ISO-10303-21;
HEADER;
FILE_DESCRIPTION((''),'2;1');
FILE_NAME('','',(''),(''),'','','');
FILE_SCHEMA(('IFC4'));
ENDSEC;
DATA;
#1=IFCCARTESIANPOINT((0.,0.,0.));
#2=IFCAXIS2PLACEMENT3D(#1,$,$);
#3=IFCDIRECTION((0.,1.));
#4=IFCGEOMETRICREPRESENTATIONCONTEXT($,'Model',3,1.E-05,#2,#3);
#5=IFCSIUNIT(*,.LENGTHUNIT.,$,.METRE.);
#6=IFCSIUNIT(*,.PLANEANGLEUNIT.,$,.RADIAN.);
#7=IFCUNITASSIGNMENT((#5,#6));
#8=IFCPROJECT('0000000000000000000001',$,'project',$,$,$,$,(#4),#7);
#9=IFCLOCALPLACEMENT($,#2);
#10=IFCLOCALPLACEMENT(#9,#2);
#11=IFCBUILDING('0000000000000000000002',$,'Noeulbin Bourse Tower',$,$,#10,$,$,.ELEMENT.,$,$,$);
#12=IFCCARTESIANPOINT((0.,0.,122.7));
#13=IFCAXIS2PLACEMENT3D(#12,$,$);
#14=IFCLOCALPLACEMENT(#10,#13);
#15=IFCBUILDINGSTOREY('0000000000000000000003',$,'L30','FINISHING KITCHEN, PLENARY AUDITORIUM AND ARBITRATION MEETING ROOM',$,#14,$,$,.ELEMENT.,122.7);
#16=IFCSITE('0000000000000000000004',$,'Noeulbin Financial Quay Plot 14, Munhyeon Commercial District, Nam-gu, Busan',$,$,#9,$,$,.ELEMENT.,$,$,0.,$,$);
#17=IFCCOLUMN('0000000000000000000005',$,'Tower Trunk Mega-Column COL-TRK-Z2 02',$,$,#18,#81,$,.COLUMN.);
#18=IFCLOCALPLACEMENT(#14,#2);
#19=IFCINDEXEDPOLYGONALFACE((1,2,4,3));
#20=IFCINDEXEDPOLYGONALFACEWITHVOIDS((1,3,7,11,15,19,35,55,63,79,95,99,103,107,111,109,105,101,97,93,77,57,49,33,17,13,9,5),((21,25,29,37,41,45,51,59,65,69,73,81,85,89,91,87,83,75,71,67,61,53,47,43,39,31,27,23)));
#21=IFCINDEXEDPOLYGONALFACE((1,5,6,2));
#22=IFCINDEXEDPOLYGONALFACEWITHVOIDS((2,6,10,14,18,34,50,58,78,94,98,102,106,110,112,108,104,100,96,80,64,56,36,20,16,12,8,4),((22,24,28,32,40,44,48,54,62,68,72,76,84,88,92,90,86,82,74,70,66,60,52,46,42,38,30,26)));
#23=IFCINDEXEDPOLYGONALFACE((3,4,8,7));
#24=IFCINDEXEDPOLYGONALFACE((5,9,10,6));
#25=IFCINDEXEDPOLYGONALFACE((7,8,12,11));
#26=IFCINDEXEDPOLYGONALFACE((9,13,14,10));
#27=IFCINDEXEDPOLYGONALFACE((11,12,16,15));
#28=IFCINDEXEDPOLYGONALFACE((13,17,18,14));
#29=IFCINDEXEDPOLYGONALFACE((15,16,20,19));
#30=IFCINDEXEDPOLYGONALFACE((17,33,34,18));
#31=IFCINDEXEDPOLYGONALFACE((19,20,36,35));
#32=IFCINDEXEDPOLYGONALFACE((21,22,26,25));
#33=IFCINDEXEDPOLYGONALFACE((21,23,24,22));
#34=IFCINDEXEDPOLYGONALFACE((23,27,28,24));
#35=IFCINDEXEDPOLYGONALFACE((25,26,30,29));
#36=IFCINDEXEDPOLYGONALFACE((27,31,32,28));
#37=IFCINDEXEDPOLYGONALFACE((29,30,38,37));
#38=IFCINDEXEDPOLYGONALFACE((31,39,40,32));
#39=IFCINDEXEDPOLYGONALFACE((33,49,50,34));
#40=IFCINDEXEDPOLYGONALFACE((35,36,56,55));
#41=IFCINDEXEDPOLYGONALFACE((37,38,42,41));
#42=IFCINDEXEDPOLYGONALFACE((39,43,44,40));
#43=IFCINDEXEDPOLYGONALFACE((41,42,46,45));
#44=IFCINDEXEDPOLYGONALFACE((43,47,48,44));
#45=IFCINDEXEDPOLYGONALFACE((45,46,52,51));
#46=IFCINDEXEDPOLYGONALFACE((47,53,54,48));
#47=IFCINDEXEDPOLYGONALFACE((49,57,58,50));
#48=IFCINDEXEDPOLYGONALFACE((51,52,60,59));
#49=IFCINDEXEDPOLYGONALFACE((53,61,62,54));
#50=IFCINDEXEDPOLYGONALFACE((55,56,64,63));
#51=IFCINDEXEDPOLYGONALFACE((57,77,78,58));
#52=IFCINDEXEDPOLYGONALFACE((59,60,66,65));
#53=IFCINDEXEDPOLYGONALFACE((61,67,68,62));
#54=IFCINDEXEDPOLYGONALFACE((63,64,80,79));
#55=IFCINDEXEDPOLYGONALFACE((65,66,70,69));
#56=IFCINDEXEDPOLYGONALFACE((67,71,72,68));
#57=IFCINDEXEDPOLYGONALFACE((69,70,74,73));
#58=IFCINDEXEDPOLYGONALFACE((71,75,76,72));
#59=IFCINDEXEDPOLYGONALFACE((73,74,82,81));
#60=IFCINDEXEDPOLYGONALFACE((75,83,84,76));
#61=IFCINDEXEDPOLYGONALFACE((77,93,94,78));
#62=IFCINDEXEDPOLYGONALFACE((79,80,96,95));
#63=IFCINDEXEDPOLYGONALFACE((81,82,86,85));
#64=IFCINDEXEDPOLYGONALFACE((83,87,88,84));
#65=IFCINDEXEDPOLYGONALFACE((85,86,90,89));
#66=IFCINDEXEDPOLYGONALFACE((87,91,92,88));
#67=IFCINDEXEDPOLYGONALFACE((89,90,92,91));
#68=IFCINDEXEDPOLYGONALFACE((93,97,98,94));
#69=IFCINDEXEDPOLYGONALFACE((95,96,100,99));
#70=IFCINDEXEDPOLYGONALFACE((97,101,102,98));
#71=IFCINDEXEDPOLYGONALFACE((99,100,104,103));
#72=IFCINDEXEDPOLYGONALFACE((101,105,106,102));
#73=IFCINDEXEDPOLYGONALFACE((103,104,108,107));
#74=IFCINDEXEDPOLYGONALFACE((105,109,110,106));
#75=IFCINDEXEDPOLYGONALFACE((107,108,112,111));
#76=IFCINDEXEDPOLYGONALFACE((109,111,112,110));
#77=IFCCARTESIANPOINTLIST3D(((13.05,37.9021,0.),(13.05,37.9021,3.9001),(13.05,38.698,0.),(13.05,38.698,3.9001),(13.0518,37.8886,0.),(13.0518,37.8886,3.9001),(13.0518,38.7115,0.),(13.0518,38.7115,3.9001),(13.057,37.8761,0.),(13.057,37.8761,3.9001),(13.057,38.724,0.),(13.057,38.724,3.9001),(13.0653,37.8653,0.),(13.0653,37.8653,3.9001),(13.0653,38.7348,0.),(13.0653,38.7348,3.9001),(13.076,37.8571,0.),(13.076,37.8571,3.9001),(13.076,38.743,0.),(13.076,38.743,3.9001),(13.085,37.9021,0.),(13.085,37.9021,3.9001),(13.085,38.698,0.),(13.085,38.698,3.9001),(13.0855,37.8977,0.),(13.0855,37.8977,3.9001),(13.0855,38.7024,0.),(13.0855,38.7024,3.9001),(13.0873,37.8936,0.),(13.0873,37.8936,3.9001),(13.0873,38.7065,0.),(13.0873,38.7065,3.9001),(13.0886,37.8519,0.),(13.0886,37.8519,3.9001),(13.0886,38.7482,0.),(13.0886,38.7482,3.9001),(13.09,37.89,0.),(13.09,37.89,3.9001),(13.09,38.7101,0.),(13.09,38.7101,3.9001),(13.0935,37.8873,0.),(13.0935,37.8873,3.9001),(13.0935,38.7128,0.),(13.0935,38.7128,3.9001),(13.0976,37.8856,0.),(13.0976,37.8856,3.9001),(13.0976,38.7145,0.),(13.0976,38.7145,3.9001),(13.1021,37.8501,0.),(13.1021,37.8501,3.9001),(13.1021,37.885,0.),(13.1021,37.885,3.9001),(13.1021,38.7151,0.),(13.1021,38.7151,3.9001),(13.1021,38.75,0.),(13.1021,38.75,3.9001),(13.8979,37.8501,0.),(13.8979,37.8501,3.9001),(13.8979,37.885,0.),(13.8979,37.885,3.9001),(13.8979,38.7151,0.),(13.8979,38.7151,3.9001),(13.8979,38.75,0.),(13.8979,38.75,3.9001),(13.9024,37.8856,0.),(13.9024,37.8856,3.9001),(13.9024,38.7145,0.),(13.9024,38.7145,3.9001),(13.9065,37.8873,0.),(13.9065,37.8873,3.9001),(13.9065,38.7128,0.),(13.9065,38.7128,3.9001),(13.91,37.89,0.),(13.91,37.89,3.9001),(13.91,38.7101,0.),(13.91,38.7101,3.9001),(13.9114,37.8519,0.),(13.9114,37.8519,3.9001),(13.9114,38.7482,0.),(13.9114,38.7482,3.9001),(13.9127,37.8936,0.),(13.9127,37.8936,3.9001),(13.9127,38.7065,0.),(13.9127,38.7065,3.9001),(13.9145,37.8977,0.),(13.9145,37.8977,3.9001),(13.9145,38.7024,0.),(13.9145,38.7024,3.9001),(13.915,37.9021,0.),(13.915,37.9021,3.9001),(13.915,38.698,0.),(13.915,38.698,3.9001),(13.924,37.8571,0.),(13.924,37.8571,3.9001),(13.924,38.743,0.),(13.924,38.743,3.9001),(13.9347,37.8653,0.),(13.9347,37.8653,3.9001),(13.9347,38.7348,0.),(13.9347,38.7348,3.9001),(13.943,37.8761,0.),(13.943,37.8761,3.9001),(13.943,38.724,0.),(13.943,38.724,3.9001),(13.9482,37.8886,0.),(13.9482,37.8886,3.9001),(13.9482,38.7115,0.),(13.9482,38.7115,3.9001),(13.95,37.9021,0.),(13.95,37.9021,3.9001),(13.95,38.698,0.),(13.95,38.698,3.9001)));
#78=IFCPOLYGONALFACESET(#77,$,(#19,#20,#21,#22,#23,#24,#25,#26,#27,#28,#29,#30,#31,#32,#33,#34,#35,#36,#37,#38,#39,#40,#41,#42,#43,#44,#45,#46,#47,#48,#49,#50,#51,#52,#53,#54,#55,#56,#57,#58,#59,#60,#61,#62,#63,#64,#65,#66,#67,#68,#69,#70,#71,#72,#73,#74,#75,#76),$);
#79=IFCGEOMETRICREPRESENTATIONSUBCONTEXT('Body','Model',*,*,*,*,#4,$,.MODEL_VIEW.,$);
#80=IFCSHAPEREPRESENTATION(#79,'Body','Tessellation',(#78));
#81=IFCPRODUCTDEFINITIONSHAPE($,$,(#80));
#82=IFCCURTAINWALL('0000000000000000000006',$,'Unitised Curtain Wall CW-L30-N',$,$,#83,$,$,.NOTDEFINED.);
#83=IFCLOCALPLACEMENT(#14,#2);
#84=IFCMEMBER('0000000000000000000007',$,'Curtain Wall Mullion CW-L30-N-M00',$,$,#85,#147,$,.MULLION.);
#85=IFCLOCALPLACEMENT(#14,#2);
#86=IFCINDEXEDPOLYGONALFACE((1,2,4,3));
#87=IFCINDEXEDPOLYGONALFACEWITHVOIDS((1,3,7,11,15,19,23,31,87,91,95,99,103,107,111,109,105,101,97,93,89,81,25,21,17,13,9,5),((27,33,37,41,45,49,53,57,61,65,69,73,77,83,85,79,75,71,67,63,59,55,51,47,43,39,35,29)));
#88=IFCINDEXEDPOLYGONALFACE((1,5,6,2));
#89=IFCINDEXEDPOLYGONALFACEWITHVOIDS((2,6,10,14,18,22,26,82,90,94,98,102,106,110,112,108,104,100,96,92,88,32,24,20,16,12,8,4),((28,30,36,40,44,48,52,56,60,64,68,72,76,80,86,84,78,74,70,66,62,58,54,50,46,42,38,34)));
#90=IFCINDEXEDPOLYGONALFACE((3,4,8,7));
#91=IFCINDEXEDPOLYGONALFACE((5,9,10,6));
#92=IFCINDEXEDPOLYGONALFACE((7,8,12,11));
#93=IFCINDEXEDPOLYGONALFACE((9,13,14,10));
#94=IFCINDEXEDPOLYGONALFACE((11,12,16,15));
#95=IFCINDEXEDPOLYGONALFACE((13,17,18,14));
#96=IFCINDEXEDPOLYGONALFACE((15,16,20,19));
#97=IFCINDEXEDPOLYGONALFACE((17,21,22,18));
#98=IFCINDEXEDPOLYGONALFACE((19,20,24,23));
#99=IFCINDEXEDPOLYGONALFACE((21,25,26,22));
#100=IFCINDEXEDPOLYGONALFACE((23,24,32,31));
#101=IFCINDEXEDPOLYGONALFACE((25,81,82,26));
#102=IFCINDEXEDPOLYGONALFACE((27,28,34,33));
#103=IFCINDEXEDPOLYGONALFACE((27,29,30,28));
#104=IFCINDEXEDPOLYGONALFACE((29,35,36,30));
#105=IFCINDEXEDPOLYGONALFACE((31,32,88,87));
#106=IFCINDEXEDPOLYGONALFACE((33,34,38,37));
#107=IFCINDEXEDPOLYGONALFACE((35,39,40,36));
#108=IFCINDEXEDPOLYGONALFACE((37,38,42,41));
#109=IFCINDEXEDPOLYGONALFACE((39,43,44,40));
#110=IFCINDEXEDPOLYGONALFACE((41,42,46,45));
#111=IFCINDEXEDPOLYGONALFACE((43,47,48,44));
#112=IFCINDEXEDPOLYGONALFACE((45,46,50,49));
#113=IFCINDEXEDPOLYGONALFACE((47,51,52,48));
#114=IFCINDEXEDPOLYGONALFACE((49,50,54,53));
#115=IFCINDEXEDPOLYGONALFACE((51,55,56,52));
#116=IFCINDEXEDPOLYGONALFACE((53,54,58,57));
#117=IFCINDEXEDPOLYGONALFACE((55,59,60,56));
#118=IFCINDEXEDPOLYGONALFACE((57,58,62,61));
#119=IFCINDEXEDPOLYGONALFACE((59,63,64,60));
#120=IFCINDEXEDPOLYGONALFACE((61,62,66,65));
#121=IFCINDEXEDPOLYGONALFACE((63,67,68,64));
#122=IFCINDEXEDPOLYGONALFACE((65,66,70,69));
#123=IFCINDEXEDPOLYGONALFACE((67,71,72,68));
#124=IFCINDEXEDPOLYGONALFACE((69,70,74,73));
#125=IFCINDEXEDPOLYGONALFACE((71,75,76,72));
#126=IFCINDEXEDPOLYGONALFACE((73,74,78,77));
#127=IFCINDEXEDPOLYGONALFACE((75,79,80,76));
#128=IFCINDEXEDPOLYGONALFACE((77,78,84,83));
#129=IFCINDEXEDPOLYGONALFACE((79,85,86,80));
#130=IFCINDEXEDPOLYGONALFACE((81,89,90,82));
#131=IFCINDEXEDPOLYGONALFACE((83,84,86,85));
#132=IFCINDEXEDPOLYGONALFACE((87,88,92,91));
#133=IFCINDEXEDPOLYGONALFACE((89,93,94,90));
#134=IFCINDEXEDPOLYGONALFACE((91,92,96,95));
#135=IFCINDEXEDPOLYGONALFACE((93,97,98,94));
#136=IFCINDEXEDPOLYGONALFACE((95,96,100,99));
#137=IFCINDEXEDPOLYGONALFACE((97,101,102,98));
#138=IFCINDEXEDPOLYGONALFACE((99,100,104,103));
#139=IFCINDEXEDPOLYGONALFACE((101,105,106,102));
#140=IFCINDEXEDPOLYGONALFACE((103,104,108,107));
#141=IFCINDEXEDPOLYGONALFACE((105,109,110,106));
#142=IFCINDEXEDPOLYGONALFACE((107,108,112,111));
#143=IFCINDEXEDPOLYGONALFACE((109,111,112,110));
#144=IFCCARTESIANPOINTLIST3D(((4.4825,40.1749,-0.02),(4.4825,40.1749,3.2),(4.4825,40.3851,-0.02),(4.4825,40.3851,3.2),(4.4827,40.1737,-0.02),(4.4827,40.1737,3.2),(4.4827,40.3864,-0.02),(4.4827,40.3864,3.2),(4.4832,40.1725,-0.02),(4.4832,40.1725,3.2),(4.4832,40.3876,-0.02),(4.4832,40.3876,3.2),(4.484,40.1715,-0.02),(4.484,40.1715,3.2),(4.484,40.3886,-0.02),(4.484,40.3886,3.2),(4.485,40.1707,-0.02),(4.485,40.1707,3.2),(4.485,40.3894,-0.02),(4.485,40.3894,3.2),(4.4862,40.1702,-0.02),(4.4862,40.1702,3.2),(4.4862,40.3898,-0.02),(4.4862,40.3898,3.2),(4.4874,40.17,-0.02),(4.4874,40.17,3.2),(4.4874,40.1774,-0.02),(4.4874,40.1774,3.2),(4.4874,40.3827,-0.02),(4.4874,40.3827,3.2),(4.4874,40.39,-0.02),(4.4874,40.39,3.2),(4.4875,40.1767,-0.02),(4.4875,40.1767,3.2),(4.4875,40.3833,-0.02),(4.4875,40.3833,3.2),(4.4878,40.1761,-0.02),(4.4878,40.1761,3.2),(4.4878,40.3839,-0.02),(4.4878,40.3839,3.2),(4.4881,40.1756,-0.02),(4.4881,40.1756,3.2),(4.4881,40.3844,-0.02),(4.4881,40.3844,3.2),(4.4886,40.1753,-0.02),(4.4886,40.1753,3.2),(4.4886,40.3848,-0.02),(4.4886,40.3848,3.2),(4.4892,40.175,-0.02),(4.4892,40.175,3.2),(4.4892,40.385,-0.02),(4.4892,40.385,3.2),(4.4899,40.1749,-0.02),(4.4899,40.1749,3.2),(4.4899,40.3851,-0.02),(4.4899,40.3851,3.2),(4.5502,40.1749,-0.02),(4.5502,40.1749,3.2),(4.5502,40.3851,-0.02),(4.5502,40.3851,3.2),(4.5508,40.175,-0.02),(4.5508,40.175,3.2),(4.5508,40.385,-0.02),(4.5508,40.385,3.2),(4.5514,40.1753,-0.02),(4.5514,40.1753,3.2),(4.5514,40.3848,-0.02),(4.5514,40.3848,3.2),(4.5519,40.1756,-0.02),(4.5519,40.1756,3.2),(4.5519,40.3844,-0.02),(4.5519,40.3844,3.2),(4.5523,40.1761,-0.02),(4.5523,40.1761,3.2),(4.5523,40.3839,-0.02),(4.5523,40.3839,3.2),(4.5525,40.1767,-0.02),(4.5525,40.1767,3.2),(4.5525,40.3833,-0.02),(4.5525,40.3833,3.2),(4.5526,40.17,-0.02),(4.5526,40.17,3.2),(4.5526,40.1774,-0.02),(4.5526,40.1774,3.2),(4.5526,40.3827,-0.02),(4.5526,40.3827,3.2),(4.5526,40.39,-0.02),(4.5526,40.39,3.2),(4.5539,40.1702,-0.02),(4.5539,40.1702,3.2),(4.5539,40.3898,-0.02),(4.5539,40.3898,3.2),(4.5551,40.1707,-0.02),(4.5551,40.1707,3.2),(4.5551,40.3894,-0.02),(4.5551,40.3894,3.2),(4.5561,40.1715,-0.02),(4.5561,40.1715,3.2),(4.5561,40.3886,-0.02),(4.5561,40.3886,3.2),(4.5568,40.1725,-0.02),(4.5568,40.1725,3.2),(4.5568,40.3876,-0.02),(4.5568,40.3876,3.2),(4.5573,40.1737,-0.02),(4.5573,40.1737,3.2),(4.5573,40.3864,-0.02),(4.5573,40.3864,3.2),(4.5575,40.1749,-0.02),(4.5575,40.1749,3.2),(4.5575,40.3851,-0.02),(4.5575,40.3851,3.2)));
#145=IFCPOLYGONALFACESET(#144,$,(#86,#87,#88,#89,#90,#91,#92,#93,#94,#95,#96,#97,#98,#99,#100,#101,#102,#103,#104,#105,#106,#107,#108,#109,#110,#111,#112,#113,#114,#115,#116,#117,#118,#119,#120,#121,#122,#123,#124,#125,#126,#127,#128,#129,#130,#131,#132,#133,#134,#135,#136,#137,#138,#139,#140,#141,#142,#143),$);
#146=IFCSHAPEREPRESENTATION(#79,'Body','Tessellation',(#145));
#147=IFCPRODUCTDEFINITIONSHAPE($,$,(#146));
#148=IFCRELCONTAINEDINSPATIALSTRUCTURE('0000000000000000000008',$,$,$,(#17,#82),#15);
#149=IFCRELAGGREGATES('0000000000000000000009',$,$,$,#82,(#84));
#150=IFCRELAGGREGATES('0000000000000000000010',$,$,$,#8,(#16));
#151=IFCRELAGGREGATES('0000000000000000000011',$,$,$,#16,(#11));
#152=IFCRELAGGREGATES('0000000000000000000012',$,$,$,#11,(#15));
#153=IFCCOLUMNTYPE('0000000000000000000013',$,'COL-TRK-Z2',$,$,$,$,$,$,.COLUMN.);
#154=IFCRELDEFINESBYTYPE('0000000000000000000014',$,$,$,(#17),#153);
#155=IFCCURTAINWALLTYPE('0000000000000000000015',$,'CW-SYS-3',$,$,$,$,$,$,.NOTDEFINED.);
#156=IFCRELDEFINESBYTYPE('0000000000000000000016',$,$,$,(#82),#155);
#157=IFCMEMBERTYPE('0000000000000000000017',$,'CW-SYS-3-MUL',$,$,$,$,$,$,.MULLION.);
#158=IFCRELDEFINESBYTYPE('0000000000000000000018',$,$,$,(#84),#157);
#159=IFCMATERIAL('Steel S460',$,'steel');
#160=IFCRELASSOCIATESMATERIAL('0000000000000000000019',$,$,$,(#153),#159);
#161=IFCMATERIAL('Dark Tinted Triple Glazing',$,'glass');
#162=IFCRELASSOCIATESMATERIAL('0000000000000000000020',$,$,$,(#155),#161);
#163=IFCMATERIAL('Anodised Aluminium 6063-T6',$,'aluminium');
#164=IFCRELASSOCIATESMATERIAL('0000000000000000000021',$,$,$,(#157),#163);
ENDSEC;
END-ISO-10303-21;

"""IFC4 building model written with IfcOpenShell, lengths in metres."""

from ifc_helpers import new_model, si_unit, direction, frame, origin, origin_2d, place, context, subcontext, project, spatial, hollow_rectangle, extrude, material, material_profile, profile_set, type_object, element, aggregate, save


model = new_model("IFC4")

# Units and contexts
model_context = context("Model", 3, precision=1e-05, world=origin(), true_north=direction((0.0, 1.0)))
body_context = subcontext(model_context, "Body", "Model", "MODEL_VIEW")
ifc_project = project(units=[si_unit("LENGTHUNIT", "METRE"), si_unit("PLANEANGLEUNIT", "RADIAN")], contexts=[model_context])

# Site, building, storey
site_placement = place(None, origin())
site = spatial("IfcSite", under=ifc_project, at=site_placement, Name="Noeulbin Financial Quay Plot 14, Munhyeon Commercial District, Nam-gu, Busan", CompositionType="ELEMENT", RefElevation=0.0)
building_placement = place(site_placement, origin())
building = spatial("IfcBuilding", under=site, at=building_placement, Name="Noeulbin Bourse Tower", CompositionType="ELEMENT")
storey_placement = place(building_placement, frame((0.0, 0.0, 122.7)))
storey = spatial("IfcBuildingStorey", under=building, at=storey_placement, Name="L30", Description="FINISHING KITCHEN, PLENARY AUDITORIUM AND ARBITRATION MEETING ROOM", CompositionType="ELEMENT", Elevation=122.7)

# Column
ifc_material_1 = material(Name="Steel S460", Category="steel")
ifc_material_profile_1 = material_profile(ifc_material_1, hollow_rectangle(XDim=0.8999, YDim=0.8999, WallThickness=0.0349, InnerFilletRadius=0.0171, OuterFilletRadius=0.052, at=origin_2d()), Name="BOX-900x900x35", Category="LoadBearing")
ifc_profile_set_1 = profile_set([ifc_material_profile_1], Name="Steel S460")
column_type = type_object("IfcColumnType", Name="COL-TRK-Z2", PredefinedType="COLUMN", material=ifc_profile_set_1)
column_placement = place(storey_placement, frame((13.5, 38.3, 0.0), z_axis=(0.0, 0.0, 1.0), x_axis=(1.0, 0.0, 0.0)))
element("IfcColumn", 1, at=column_placement, inside=storey, type_object=column_type, Name="Tower Trunk Mega-Column COL-TRK-Z2 02", PredefinedType="COLUMN", context=body_context, shape_type="SweptSolid", body=[
    extrude(hollow_rectangle(XDim=0.8999, YDim=0.8999, WallThickness=0.0349, InnerFilletRadius=0.0171, OuterFilletRadius=0.052, at=origin_2d()), origin(), (0.0, 0.0, 1.0), 3.9001),
])

# Curtain wall, member
ifc_material_2 = material(Name="Dark Tinted Triple Glazing", Category="glass")
curtain_wall_type = type_object("IfcCurtainWallType", Name="CW-SYS-3", PredefinedType="NOTDEFINED", material=ifc_material_2)
curtain_wall_1_placement = place(storey_placement, origin())
curtain_wall_1 = element("IfcCurtainWall", 2, at=curtain_wall_1_placement, inside=storey, type_object=curtain_wall_type, Name="Unitised Curtain Wall CW-L30-N", PredefinedType="NOTDEFINED")
ifc_material_3 = material(Name="Anodised Aluminium 6063-T6", Category="aluminium")
ifc_material_profile_2 = material_profile(ifc_material_3, hollow_rectangle(XDim=0.075, YDim=0.22, WallThickness=0.0049, InnerFilletRadius=0.0024, OuterFilletRadius=0.0049, at=origin_2d()), Name="ALU-MULL-75x220x5", Category="LoadBearing")
ifc_profile_set_2 = profile_set([ifc_material_profile_2], Name="Anodised Aluminium 6063-T6")
member_type_1 = type_object("IfcMemberType", Name="CW-SYS-3-MUL", PredefinedType="MULLION", material=ifc_profile_set_2)
member_1_placement = place(storey_placement, frame((4.52, 40.28, -0.02), z_axis=(0.0, 0.0, 1.0), x_axis=(1.0, 0.0, 0.0)))
member_1 = element("IfcMember", 3, at=member_1_placement, type_object=member_type_1, Name="Curtain Wall Mullion CW-L30-N-M00", PredefinedType="MULLION", context=body_context, shape_type="SweptSolid", body=[
    extrude(hollow_rectangle(XDim=0.075, YDim=0.22, WallThickness=0.0049, InnerFilletRadius=0.0024, OuterFilletRadius=0.0049, at=origin_2d()), origin(), (0.0, 0.0, 1.0), 3.22),
])

aggregate(curtain_wall_1, [member_1])

save(model, "model.ifc")
